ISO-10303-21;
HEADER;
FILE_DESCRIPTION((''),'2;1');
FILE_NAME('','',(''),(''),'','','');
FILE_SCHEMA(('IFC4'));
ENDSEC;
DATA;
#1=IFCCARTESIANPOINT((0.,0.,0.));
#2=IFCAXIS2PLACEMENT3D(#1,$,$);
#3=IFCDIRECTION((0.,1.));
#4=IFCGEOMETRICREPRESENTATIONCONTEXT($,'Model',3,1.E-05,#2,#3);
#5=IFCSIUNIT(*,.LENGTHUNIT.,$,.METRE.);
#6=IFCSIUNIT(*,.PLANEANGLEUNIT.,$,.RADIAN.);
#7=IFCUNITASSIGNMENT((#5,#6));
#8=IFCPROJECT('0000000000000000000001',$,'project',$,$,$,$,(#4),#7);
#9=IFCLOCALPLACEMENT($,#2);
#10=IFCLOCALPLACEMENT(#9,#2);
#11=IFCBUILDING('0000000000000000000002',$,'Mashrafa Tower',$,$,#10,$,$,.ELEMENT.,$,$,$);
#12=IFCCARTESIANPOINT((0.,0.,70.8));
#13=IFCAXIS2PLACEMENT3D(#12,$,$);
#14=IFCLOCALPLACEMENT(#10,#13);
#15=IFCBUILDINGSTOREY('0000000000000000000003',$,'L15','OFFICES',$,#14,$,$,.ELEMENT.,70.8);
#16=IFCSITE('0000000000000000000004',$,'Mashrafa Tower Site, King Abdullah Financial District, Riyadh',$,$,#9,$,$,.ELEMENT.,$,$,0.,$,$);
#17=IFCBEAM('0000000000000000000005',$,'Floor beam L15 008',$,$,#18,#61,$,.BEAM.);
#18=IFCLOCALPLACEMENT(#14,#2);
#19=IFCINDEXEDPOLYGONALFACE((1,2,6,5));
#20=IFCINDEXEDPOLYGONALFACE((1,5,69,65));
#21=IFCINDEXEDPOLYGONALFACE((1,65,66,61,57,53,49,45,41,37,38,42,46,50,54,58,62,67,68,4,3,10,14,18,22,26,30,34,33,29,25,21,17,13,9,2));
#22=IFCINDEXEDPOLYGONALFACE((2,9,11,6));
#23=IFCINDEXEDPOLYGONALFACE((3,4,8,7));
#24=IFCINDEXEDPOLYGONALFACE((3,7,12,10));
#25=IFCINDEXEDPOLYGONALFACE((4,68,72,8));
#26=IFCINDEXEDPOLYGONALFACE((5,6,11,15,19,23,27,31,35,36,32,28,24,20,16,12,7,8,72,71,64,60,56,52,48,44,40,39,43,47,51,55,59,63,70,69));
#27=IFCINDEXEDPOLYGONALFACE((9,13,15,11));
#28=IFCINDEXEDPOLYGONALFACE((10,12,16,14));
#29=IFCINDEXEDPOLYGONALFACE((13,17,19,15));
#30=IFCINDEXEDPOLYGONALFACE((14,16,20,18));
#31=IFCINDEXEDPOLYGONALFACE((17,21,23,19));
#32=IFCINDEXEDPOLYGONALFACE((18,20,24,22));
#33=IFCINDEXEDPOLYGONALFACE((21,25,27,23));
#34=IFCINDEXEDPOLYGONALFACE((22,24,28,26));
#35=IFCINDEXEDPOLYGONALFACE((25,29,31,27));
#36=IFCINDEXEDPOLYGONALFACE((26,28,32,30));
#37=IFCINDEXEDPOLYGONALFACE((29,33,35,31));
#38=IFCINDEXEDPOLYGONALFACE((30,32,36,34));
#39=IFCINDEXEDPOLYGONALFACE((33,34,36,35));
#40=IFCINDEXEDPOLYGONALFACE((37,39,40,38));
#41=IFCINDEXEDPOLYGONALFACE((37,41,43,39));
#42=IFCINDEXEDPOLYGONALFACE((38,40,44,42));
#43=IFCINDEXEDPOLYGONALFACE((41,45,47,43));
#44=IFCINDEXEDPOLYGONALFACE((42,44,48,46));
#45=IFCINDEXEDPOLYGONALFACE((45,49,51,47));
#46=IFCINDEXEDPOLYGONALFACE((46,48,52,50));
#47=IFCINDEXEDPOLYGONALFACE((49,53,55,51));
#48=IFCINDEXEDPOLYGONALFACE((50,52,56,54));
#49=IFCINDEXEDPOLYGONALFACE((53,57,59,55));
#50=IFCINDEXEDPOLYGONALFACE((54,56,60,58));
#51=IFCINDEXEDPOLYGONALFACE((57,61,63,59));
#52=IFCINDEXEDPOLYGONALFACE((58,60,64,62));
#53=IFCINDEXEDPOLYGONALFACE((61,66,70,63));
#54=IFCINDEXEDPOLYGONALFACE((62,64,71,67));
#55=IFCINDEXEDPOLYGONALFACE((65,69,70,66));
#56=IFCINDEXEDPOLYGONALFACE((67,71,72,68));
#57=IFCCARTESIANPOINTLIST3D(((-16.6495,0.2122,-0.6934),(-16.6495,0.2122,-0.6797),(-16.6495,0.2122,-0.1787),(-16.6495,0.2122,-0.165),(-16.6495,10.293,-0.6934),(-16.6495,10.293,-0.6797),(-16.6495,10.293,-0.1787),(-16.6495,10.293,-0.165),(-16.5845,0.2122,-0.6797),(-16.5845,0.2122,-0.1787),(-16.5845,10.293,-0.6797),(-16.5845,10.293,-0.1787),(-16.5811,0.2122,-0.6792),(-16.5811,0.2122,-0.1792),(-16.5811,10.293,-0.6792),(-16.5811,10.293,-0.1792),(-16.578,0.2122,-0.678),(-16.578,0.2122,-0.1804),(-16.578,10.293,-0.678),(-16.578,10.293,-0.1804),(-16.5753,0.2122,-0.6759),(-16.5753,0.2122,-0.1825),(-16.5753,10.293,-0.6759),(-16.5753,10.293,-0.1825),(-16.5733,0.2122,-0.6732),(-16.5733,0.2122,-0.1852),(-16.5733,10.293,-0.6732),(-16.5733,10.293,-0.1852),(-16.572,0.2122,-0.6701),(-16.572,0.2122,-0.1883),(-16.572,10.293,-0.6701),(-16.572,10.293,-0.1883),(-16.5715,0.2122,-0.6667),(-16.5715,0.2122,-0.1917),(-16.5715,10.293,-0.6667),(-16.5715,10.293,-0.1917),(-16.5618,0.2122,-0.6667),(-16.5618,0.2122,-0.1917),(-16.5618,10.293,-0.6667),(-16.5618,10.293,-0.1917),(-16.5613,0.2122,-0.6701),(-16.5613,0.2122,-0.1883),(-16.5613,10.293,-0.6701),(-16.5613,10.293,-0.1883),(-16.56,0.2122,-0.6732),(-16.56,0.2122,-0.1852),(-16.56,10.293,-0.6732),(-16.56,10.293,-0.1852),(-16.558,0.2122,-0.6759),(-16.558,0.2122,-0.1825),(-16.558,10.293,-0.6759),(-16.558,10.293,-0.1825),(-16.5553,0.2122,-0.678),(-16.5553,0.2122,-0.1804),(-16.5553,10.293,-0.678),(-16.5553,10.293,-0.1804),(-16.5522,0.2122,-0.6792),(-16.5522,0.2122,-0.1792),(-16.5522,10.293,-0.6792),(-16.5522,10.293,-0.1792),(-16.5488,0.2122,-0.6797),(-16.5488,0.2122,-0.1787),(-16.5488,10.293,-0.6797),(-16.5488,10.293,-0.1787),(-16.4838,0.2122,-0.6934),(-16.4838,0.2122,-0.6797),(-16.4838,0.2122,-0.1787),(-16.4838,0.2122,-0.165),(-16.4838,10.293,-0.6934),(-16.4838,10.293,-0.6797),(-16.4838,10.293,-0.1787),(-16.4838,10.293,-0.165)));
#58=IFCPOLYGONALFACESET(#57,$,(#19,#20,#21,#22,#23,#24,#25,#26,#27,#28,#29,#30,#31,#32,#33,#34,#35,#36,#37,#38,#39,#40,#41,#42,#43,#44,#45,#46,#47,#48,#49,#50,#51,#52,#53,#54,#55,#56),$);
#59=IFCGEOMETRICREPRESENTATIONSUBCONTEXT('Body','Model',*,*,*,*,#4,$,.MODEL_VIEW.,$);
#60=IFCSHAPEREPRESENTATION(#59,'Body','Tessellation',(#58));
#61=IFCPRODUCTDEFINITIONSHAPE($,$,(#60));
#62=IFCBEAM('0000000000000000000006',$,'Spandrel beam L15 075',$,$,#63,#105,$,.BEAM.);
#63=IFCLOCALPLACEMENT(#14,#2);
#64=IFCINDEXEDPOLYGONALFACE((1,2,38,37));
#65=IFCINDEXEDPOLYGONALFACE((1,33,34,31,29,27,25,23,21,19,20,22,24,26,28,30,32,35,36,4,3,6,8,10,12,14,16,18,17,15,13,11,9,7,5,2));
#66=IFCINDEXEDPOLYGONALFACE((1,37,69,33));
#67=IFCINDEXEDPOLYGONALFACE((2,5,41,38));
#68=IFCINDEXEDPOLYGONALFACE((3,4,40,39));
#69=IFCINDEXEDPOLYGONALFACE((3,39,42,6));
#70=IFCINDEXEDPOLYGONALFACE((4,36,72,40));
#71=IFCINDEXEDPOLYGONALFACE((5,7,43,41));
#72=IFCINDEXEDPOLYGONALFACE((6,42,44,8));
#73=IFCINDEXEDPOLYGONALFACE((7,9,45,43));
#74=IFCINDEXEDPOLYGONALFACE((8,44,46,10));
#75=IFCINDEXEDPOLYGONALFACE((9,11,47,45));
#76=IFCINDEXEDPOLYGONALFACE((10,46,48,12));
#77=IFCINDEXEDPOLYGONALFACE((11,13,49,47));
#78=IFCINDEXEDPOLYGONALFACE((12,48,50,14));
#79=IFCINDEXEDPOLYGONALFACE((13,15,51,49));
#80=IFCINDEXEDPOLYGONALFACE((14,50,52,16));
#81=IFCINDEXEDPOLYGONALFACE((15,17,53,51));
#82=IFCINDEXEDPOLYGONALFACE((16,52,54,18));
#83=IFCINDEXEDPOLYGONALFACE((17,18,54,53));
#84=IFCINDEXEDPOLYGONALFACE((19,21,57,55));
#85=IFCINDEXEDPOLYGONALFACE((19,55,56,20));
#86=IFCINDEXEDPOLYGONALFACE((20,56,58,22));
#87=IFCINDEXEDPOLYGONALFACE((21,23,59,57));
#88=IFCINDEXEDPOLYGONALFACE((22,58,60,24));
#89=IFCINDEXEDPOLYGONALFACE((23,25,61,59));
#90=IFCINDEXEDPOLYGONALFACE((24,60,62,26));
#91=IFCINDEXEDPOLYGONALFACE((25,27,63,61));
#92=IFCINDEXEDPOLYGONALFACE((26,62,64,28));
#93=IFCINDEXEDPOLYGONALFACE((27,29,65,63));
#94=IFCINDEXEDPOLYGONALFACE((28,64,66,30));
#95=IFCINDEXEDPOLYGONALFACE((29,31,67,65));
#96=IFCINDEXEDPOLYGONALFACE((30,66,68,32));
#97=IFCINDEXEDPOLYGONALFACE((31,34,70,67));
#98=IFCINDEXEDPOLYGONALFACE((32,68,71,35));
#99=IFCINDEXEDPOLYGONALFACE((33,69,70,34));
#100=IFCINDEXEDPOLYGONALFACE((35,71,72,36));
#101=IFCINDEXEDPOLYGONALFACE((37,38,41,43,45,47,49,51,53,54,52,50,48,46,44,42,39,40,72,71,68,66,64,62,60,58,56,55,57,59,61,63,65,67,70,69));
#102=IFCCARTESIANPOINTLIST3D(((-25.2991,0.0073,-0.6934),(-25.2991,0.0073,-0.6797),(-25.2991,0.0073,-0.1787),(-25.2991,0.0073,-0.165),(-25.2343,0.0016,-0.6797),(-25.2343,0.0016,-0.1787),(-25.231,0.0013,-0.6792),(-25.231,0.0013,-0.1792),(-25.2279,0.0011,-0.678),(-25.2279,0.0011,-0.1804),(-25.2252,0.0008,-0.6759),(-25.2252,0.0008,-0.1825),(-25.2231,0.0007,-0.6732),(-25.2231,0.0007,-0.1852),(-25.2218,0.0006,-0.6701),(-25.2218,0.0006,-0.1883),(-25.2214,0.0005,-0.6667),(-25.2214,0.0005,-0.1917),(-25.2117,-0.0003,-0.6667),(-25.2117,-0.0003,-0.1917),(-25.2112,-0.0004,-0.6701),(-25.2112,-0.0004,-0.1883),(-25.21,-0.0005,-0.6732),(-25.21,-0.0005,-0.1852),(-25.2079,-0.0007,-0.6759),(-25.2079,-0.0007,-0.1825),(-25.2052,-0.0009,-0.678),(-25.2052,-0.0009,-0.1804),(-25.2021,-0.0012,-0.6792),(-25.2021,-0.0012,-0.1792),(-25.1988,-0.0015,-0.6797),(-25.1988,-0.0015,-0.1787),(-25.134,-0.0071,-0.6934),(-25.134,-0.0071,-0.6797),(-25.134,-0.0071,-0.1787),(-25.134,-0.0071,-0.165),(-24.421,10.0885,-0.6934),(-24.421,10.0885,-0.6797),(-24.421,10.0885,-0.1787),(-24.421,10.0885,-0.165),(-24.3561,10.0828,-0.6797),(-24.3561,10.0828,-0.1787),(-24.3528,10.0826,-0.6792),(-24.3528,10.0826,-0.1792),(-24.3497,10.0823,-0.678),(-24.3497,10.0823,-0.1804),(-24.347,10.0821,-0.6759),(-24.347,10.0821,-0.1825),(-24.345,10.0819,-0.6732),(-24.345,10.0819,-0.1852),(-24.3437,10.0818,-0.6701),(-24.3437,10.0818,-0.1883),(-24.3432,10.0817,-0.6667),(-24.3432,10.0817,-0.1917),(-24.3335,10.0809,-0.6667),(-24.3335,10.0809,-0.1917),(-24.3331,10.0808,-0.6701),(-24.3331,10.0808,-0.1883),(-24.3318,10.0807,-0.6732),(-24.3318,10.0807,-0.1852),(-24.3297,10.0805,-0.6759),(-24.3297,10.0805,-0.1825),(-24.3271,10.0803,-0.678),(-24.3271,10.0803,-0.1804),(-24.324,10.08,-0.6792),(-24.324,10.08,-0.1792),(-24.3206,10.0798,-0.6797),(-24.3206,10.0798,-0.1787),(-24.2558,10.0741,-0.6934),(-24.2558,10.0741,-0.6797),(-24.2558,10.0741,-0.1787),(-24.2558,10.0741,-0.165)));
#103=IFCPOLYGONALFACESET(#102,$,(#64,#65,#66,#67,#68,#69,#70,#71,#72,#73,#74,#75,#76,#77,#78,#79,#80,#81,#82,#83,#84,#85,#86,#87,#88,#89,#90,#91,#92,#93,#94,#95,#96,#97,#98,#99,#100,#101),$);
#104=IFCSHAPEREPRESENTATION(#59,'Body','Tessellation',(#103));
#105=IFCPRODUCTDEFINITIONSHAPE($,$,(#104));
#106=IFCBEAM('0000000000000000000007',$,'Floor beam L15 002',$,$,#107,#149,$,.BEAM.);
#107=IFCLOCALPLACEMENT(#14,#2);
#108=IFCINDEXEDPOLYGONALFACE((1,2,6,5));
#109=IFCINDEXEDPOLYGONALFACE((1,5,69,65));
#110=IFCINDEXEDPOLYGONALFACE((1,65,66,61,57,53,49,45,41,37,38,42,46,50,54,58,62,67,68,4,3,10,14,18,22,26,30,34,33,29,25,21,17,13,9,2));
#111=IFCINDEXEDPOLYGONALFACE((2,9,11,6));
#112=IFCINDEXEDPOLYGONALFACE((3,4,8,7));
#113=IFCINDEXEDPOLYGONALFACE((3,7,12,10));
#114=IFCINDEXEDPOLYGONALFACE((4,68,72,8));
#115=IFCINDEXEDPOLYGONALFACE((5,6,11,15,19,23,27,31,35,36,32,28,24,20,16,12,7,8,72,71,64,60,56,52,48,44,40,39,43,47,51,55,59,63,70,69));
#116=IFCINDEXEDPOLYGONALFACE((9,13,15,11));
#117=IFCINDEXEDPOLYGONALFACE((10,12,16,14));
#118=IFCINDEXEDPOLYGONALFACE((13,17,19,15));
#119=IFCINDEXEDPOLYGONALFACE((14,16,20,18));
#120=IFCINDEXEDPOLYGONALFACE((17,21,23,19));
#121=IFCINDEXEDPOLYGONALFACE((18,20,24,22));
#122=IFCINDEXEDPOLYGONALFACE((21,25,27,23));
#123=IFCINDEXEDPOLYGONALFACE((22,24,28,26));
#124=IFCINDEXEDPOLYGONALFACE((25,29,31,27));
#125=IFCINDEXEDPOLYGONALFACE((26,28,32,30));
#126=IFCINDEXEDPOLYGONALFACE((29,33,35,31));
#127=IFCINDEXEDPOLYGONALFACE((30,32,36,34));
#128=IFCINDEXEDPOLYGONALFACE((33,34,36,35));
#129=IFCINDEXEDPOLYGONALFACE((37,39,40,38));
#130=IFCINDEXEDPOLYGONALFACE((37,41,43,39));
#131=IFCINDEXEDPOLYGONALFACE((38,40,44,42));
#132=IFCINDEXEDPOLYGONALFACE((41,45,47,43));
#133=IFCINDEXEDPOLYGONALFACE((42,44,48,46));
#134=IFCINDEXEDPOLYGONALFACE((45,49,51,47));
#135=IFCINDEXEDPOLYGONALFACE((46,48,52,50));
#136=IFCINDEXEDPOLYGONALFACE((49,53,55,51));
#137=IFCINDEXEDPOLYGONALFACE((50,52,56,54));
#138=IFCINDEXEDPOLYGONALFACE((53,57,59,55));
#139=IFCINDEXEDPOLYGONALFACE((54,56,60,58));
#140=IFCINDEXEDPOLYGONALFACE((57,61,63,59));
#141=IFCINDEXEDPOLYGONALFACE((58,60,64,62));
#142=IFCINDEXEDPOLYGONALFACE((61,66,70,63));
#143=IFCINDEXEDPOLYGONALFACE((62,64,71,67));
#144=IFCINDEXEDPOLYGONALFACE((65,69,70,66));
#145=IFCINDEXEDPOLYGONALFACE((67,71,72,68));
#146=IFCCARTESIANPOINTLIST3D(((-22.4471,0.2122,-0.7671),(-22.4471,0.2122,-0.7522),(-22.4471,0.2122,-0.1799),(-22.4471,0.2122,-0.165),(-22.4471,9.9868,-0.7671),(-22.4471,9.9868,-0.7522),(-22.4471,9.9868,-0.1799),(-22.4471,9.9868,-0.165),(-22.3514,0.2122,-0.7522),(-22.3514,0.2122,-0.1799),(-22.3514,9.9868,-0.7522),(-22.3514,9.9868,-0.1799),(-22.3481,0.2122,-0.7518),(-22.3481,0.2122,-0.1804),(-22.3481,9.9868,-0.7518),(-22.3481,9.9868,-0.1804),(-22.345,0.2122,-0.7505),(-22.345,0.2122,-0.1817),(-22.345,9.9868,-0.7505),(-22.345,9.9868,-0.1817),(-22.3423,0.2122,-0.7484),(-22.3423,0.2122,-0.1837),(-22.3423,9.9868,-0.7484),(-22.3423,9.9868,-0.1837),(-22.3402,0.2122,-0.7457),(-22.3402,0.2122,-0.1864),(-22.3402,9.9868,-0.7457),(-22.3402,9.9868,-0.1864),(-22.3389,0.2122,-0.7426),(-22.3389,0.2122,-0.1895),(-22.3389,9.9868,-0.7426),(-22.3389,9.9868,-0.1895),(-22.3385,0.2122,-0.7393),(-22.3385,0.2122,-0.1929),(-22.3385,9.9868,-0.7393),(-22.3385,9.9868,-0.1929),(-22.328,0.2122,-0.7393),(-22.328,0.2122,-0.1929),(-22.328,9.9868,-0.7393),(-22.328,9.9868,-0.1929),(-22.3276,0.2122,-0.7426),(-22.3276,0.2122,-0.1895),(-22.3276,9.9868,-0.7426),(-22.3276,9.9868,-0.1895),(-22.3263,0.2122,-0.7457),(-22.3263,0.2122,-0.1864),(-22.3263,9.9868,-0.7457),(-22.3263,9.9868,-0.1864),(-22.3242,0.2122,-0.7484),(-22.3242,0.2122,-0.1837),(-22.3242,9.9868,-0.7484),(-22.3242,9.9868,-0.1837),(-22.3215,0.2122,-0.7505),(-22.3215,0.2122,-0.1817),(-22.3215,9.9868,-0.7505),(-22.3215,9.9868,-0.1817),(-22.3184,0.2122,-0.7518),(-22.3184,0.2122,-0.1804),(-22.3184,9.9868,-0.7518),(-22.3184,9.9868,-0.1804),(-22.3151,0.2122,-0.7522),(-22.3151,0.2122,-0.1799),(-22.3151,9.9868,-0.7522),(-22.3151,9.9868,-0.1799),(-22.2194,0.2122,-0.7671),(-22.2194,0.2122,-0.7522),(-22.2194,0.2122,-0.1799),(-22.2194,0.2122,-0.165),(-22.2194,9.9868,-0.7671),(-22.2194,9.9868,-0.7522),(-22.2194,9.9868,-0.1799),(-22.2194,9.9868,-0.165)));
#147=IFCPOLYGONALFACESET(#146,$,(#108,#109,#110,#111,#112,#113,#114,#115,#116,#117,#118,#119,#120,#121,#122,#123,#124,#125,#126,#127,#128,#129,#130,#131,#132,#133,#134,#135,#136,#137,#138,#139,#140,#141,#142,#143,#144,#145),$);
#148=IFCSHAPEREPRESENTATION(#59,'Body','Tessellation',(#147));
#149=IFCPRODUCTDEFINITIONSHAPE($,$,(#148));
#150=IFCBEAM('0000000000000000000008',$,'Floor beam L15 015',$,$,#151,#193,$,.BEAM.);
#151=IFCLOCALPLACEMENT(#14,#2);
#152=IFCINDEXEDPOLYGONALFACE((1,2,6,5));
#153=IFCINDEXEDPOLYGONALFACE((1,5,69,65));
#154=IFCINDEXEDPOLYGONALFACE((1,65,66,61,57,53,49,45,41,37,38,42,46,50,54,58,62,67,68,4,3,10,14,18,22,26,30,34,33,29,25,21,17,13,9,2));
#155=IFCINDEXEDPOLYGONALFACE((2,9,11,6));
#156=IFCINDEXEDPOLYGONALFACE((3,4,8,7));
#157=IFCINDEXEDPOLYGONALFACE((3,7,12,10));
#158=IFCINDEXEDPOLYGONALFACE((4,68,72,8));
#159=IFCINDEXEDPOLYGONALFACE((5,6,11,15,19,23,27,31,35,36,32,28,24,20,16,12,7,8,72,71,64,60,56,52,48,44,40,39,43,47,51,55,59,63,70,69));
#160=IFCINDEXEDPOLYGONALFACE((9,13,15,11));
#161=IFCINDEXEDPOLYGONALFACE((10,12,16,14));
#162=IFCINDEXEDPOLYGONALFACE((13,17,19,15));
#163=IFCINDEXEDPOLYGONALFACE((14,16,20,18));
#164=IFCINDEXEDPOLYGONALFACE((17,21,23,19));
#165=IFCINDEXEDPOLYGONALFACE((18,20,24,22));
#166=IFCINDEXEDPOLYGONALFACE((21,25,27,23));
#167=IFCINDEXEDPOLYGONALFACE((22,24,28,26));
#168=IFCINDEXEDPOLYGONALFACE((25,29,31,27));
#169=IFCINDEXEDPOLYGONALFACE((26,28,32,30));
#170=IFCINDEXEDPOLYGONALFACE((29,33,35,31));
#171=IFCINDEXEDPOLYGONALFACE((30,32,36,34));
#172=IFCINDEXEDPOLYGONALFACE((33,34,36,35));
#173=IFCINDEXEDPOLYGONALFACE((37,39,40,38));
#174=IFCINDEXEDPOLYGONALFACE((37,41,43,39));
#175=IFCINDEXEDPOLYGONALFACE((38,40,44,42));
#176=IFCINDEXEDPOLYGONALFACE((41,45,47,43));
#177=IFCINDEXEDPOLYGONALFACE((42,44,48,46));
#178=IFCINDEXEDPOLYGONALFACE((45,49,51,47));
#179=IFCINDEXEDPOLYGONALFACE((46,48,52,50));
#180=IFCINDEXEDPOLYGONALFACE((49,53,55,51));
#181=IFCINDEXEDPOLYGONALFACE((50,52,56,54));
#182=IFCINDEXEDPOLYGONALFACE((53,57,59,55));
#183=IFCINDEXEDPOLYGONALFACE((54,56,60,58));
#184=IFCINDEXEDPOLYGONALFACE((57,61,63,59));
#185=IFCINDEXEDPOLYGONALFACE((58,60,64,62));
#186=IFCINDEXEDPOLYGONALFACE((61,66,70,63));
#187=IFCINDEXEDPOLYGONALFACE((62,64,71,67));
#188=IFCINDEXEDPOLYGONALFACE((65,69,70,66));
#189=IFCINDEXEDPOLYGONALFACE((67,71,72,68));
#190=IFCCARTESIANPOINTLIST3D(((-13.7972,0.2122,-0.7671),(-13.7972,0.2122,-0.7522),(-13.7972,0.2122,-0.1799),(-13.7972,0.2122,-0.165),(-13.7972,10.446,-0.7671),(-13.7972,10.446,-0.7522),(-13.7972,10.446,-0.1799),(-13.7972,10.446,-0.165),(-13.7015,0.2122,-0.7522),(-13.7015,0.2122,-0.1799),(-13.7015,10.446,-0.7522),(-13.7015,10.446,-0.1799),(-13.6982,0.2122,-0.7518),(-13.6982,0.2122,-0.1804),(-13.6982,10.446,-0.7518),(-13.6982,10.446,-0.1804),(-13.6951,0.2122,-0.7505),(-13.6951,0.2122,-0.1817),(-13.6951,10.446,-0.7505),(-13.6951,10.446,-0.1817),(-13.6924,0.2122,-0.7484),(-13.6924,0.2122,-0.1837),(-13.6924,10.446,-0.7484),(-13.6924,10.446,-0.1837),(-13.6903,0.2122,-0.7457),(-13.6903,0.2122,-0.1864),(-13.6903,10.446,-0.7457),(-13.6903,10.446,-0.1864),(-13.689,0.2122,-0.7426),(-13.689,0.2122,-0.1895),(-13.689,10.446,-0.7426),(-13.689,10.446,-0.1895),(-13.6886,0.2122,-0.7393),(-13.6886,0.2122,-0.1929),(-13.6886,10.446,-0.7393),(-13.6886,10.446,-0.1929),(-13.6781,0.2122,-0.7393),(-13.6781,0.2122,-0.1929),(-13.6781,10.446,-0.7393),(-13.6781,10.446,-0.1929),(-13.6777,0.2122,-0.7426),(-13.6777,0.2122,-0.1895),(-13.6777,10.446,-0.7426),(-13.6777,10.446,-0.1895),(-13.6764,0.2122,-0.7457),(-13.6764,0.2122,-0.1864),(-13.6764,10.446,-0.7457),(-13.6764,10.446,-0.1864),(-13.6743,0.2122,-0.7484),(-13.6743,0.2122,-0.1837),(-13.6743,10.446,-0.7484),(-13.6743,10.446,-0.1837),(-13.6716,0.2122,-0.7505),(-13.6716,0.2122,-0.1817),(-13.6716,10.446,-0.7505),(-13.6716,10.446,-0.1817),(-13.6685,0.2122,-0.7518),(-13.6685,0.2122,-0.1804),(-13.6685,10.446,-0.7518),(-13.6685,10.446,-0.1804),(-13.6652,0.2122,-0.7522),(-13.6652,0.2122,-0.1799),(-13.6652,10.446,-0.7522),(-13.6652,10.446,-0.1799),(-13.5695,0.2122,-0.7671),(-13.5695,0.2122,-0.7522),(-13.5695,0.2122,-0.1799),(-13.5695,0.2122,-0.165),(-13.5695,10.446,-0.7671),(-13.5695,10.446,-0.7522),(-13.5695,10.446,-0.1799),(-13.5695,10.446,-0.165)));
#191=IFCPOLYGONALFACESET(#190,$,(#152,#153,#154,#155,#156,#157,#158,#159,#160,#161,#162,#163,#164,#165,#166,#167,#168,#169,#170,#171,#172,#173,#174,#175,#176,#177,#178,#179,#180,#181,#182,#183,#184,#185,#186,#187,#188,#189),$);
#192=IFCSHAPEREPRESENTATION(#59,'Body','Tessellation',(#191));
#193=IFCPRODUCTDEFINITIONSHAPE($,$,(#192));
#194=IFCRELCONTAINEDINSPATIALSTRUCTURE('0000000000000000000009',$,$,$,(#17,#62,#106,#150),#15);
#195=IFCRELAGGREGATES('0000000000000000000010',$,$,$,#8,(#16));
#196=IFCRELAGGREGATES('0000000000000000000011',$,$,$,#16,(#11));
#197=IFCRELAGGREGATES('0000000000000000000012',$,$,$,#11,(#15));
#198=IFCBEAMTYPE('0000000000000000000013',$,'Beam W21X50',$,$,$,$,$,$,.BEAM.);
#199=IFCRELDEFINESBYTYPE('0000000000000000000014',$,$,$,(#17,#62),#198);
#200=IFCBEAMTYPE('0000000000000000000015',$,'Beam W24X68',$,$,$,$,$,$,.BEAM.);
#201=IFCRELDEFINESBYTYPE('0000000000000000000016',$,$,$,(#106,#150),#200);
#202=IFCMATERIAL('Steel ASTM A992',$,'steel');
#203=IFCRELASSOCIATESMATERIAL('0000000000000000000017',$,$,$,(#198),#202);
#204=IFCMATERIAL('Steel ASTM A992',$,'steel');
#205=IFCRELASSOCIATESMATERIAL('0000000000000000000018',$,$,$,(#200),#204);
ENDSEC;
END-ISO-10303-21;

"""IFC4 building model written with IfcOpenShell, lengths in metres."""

from ifc_helpers import new_model, si_unit, direction, frame, origin, origin_2d, place, context, subcontext, project, spatial, i_section, extrude, material, material_profile, profile_set, type_object, element, save


model = new_model("IFC4")

# Units and contexts
model_context = context("Model", 3, precision=1e-05, world=origin(), true_north=direction((0.0, 1.0)))
body_context = subcontext(model_context, "Body", "Model", "MODEL_VIEW")
ifc_project = project(units=[si_unit("LENGTHUNIT", "METRE"), si_unit("PLANEANGLEUNIT", "RADIAN")], contexts=[model_context])

# Site, building, storey
site_placement = place(None, origin())
site = spatial("IfcSite", under=ifc_project, at=site_placement, Name="Mashrafa Tower Site, King Abdullah Financial District, Riyadh", CompositionType="ELEMENT", RefElevation=0.0)
building_placement = place(site_placement, origin())
building = spatial("IfcBuilding", under=site, at=building_placement, Name="Mashrafa Tower", CompositionType="ELEMENT")
storey_placement = place(building_placement, frame((0.0, 0.0, 70.8)))
storey = spatial("IfcBuildingStorey", under=building, at=storey_placement, Name="L15", Description="OFFICES", CompositionType="ELEMENT", Elevation=70.8)

# Beams
ifc_material_1 = material(Name="Steel ASTM A992", Category="steel")
ifc_material_profile_1 = material_profile(ifc_material_1, i_section(OverallWidth=0.1658, OverallDepth=0.5283, WebThickness=0.0098, FlangeThickness=0.0137, FilletRadius=0.0129, at=origin_2d()), Name="W21X50")
ifc_profile_set_1 = profile_set([ifc_material_profile_1], Name="Steel ASTM A992")
beam_type_1 = type_object("IfcBeamType", Name="Beam W21X50", PredefinedType="BEAM", material=ifc_profile_set_1)
beam_1_placement = place(storey_placement, frame((-16.5667, 0.2122, -0.4292), z_axis=(0.0, 1.0, 0.0), x_axis=(-1.0, 0.0, 0.0)))
element("IfcBeam", 1, at=beam_1_placement, inside=storey, type_object=beam_type_1, Name="Floor beam L15 008", PredefinedType="BEAM", context=body_context, shape_type="SweptSolid", body=[
    extrude(i_section(OverallWidth=0.1658, OverallDepth=0.5283, WebThickness=0.0098, FlangeThickness=0.0137, FilletRadius=0.0129, at=origin_2d()), origin(), (0.0, 0.0, 1.0), 10.0808),
])
beam_2_placement = place(storey_placement, frame((-24.3384, 10.0813, -0.4292), z_axis=(-0.086781, -0.996227, 0.0), x_axis=(0.996227, -0.086781, 0.0)))
element("IfcBeam", 2, at=beam_2_placement, inside=storey, type_object=beam_type_1, Name="Spandrel beam L15 075", PredefinedType="BEAM", context=body_context, shape_type="SweptSolid", body=[
    extrude(i_section(OverallWidth=0.1658, OverallDepth=0.5283, WebThickness=0.0098, FlangeThickness=0.0137, FilletRadius=0.0129, at=origin_2d()), origin(), (0.0, 0.0, 1.0), 10.1194),
])
ifc_material_2 = material(Name="Steel ASTM A992", Category="steel")
ifc_material_profile_2 = material_profile(ifc_material_2, i_section(OverallWidth=0.2278, OverallDepth=0.6021, WebThickness=0.0105, FlangeThickness=0.0149, FilletRadius=0.0129, at=origin_2d()), Name="W24X68")
ifc_profile_set_2 = profile_set([ifc_material_profile_2], Name="Steel ASTM A992")
beam_type_2 = type_object("IfcBeamType", Name="Beam W24X68", PredefinedType="BEAM", material=ifc_profile_set_2)
beam_3_placement = place(storey_placement, frame((-22.3333, 0.2122, -0.4661), z_axis=(0.0, 1.0, 0.0), x_axis=(-1.0, 0.0, 0.0)))
element("IfcBeam", 3, at=beam_3_placement, inside=storey, type_object=beam_type_2, Name="Floor beam L15 002", PredefinedType="BEAM", context=body_context, shape_type="SweptSolid", body=[
    extrude(i_section(OverallWidth=0.2278, OverallDepth=0.6021, WebThickness=0.0105, FlangeThickness=0.0149, FilletRadius=0.0129, at=origin_2d()), origin(), (0.0, 0.0, 1.0), 9.7747),
])
beam_4_placement = place(storey_placement, frame((-13.6833, 0.2122, -0.4661), z_axis=(0.0, 1.0, 0.0), x_axis=(-1.0, 0.0, 0.0)))
element("IfcBeam", 4, at=beam_4_placement, inside=storey, type_object=beam_type_2, Name="Floor beam L15 015", PredefinedType="BEAM", context=body_context, shape_type="SweptSolid", body=[
    extrude(i_section(OverallWidth=0.2278, OverallDepth=0.6021, WebThickness=0.0105, FlangeThickness=0.0149, FilletRadius=0.0129, at=origin_2d()), origin(), (0.0, 0.0, 1.0), 10.2339),
])

save(model, "model.ifc")
